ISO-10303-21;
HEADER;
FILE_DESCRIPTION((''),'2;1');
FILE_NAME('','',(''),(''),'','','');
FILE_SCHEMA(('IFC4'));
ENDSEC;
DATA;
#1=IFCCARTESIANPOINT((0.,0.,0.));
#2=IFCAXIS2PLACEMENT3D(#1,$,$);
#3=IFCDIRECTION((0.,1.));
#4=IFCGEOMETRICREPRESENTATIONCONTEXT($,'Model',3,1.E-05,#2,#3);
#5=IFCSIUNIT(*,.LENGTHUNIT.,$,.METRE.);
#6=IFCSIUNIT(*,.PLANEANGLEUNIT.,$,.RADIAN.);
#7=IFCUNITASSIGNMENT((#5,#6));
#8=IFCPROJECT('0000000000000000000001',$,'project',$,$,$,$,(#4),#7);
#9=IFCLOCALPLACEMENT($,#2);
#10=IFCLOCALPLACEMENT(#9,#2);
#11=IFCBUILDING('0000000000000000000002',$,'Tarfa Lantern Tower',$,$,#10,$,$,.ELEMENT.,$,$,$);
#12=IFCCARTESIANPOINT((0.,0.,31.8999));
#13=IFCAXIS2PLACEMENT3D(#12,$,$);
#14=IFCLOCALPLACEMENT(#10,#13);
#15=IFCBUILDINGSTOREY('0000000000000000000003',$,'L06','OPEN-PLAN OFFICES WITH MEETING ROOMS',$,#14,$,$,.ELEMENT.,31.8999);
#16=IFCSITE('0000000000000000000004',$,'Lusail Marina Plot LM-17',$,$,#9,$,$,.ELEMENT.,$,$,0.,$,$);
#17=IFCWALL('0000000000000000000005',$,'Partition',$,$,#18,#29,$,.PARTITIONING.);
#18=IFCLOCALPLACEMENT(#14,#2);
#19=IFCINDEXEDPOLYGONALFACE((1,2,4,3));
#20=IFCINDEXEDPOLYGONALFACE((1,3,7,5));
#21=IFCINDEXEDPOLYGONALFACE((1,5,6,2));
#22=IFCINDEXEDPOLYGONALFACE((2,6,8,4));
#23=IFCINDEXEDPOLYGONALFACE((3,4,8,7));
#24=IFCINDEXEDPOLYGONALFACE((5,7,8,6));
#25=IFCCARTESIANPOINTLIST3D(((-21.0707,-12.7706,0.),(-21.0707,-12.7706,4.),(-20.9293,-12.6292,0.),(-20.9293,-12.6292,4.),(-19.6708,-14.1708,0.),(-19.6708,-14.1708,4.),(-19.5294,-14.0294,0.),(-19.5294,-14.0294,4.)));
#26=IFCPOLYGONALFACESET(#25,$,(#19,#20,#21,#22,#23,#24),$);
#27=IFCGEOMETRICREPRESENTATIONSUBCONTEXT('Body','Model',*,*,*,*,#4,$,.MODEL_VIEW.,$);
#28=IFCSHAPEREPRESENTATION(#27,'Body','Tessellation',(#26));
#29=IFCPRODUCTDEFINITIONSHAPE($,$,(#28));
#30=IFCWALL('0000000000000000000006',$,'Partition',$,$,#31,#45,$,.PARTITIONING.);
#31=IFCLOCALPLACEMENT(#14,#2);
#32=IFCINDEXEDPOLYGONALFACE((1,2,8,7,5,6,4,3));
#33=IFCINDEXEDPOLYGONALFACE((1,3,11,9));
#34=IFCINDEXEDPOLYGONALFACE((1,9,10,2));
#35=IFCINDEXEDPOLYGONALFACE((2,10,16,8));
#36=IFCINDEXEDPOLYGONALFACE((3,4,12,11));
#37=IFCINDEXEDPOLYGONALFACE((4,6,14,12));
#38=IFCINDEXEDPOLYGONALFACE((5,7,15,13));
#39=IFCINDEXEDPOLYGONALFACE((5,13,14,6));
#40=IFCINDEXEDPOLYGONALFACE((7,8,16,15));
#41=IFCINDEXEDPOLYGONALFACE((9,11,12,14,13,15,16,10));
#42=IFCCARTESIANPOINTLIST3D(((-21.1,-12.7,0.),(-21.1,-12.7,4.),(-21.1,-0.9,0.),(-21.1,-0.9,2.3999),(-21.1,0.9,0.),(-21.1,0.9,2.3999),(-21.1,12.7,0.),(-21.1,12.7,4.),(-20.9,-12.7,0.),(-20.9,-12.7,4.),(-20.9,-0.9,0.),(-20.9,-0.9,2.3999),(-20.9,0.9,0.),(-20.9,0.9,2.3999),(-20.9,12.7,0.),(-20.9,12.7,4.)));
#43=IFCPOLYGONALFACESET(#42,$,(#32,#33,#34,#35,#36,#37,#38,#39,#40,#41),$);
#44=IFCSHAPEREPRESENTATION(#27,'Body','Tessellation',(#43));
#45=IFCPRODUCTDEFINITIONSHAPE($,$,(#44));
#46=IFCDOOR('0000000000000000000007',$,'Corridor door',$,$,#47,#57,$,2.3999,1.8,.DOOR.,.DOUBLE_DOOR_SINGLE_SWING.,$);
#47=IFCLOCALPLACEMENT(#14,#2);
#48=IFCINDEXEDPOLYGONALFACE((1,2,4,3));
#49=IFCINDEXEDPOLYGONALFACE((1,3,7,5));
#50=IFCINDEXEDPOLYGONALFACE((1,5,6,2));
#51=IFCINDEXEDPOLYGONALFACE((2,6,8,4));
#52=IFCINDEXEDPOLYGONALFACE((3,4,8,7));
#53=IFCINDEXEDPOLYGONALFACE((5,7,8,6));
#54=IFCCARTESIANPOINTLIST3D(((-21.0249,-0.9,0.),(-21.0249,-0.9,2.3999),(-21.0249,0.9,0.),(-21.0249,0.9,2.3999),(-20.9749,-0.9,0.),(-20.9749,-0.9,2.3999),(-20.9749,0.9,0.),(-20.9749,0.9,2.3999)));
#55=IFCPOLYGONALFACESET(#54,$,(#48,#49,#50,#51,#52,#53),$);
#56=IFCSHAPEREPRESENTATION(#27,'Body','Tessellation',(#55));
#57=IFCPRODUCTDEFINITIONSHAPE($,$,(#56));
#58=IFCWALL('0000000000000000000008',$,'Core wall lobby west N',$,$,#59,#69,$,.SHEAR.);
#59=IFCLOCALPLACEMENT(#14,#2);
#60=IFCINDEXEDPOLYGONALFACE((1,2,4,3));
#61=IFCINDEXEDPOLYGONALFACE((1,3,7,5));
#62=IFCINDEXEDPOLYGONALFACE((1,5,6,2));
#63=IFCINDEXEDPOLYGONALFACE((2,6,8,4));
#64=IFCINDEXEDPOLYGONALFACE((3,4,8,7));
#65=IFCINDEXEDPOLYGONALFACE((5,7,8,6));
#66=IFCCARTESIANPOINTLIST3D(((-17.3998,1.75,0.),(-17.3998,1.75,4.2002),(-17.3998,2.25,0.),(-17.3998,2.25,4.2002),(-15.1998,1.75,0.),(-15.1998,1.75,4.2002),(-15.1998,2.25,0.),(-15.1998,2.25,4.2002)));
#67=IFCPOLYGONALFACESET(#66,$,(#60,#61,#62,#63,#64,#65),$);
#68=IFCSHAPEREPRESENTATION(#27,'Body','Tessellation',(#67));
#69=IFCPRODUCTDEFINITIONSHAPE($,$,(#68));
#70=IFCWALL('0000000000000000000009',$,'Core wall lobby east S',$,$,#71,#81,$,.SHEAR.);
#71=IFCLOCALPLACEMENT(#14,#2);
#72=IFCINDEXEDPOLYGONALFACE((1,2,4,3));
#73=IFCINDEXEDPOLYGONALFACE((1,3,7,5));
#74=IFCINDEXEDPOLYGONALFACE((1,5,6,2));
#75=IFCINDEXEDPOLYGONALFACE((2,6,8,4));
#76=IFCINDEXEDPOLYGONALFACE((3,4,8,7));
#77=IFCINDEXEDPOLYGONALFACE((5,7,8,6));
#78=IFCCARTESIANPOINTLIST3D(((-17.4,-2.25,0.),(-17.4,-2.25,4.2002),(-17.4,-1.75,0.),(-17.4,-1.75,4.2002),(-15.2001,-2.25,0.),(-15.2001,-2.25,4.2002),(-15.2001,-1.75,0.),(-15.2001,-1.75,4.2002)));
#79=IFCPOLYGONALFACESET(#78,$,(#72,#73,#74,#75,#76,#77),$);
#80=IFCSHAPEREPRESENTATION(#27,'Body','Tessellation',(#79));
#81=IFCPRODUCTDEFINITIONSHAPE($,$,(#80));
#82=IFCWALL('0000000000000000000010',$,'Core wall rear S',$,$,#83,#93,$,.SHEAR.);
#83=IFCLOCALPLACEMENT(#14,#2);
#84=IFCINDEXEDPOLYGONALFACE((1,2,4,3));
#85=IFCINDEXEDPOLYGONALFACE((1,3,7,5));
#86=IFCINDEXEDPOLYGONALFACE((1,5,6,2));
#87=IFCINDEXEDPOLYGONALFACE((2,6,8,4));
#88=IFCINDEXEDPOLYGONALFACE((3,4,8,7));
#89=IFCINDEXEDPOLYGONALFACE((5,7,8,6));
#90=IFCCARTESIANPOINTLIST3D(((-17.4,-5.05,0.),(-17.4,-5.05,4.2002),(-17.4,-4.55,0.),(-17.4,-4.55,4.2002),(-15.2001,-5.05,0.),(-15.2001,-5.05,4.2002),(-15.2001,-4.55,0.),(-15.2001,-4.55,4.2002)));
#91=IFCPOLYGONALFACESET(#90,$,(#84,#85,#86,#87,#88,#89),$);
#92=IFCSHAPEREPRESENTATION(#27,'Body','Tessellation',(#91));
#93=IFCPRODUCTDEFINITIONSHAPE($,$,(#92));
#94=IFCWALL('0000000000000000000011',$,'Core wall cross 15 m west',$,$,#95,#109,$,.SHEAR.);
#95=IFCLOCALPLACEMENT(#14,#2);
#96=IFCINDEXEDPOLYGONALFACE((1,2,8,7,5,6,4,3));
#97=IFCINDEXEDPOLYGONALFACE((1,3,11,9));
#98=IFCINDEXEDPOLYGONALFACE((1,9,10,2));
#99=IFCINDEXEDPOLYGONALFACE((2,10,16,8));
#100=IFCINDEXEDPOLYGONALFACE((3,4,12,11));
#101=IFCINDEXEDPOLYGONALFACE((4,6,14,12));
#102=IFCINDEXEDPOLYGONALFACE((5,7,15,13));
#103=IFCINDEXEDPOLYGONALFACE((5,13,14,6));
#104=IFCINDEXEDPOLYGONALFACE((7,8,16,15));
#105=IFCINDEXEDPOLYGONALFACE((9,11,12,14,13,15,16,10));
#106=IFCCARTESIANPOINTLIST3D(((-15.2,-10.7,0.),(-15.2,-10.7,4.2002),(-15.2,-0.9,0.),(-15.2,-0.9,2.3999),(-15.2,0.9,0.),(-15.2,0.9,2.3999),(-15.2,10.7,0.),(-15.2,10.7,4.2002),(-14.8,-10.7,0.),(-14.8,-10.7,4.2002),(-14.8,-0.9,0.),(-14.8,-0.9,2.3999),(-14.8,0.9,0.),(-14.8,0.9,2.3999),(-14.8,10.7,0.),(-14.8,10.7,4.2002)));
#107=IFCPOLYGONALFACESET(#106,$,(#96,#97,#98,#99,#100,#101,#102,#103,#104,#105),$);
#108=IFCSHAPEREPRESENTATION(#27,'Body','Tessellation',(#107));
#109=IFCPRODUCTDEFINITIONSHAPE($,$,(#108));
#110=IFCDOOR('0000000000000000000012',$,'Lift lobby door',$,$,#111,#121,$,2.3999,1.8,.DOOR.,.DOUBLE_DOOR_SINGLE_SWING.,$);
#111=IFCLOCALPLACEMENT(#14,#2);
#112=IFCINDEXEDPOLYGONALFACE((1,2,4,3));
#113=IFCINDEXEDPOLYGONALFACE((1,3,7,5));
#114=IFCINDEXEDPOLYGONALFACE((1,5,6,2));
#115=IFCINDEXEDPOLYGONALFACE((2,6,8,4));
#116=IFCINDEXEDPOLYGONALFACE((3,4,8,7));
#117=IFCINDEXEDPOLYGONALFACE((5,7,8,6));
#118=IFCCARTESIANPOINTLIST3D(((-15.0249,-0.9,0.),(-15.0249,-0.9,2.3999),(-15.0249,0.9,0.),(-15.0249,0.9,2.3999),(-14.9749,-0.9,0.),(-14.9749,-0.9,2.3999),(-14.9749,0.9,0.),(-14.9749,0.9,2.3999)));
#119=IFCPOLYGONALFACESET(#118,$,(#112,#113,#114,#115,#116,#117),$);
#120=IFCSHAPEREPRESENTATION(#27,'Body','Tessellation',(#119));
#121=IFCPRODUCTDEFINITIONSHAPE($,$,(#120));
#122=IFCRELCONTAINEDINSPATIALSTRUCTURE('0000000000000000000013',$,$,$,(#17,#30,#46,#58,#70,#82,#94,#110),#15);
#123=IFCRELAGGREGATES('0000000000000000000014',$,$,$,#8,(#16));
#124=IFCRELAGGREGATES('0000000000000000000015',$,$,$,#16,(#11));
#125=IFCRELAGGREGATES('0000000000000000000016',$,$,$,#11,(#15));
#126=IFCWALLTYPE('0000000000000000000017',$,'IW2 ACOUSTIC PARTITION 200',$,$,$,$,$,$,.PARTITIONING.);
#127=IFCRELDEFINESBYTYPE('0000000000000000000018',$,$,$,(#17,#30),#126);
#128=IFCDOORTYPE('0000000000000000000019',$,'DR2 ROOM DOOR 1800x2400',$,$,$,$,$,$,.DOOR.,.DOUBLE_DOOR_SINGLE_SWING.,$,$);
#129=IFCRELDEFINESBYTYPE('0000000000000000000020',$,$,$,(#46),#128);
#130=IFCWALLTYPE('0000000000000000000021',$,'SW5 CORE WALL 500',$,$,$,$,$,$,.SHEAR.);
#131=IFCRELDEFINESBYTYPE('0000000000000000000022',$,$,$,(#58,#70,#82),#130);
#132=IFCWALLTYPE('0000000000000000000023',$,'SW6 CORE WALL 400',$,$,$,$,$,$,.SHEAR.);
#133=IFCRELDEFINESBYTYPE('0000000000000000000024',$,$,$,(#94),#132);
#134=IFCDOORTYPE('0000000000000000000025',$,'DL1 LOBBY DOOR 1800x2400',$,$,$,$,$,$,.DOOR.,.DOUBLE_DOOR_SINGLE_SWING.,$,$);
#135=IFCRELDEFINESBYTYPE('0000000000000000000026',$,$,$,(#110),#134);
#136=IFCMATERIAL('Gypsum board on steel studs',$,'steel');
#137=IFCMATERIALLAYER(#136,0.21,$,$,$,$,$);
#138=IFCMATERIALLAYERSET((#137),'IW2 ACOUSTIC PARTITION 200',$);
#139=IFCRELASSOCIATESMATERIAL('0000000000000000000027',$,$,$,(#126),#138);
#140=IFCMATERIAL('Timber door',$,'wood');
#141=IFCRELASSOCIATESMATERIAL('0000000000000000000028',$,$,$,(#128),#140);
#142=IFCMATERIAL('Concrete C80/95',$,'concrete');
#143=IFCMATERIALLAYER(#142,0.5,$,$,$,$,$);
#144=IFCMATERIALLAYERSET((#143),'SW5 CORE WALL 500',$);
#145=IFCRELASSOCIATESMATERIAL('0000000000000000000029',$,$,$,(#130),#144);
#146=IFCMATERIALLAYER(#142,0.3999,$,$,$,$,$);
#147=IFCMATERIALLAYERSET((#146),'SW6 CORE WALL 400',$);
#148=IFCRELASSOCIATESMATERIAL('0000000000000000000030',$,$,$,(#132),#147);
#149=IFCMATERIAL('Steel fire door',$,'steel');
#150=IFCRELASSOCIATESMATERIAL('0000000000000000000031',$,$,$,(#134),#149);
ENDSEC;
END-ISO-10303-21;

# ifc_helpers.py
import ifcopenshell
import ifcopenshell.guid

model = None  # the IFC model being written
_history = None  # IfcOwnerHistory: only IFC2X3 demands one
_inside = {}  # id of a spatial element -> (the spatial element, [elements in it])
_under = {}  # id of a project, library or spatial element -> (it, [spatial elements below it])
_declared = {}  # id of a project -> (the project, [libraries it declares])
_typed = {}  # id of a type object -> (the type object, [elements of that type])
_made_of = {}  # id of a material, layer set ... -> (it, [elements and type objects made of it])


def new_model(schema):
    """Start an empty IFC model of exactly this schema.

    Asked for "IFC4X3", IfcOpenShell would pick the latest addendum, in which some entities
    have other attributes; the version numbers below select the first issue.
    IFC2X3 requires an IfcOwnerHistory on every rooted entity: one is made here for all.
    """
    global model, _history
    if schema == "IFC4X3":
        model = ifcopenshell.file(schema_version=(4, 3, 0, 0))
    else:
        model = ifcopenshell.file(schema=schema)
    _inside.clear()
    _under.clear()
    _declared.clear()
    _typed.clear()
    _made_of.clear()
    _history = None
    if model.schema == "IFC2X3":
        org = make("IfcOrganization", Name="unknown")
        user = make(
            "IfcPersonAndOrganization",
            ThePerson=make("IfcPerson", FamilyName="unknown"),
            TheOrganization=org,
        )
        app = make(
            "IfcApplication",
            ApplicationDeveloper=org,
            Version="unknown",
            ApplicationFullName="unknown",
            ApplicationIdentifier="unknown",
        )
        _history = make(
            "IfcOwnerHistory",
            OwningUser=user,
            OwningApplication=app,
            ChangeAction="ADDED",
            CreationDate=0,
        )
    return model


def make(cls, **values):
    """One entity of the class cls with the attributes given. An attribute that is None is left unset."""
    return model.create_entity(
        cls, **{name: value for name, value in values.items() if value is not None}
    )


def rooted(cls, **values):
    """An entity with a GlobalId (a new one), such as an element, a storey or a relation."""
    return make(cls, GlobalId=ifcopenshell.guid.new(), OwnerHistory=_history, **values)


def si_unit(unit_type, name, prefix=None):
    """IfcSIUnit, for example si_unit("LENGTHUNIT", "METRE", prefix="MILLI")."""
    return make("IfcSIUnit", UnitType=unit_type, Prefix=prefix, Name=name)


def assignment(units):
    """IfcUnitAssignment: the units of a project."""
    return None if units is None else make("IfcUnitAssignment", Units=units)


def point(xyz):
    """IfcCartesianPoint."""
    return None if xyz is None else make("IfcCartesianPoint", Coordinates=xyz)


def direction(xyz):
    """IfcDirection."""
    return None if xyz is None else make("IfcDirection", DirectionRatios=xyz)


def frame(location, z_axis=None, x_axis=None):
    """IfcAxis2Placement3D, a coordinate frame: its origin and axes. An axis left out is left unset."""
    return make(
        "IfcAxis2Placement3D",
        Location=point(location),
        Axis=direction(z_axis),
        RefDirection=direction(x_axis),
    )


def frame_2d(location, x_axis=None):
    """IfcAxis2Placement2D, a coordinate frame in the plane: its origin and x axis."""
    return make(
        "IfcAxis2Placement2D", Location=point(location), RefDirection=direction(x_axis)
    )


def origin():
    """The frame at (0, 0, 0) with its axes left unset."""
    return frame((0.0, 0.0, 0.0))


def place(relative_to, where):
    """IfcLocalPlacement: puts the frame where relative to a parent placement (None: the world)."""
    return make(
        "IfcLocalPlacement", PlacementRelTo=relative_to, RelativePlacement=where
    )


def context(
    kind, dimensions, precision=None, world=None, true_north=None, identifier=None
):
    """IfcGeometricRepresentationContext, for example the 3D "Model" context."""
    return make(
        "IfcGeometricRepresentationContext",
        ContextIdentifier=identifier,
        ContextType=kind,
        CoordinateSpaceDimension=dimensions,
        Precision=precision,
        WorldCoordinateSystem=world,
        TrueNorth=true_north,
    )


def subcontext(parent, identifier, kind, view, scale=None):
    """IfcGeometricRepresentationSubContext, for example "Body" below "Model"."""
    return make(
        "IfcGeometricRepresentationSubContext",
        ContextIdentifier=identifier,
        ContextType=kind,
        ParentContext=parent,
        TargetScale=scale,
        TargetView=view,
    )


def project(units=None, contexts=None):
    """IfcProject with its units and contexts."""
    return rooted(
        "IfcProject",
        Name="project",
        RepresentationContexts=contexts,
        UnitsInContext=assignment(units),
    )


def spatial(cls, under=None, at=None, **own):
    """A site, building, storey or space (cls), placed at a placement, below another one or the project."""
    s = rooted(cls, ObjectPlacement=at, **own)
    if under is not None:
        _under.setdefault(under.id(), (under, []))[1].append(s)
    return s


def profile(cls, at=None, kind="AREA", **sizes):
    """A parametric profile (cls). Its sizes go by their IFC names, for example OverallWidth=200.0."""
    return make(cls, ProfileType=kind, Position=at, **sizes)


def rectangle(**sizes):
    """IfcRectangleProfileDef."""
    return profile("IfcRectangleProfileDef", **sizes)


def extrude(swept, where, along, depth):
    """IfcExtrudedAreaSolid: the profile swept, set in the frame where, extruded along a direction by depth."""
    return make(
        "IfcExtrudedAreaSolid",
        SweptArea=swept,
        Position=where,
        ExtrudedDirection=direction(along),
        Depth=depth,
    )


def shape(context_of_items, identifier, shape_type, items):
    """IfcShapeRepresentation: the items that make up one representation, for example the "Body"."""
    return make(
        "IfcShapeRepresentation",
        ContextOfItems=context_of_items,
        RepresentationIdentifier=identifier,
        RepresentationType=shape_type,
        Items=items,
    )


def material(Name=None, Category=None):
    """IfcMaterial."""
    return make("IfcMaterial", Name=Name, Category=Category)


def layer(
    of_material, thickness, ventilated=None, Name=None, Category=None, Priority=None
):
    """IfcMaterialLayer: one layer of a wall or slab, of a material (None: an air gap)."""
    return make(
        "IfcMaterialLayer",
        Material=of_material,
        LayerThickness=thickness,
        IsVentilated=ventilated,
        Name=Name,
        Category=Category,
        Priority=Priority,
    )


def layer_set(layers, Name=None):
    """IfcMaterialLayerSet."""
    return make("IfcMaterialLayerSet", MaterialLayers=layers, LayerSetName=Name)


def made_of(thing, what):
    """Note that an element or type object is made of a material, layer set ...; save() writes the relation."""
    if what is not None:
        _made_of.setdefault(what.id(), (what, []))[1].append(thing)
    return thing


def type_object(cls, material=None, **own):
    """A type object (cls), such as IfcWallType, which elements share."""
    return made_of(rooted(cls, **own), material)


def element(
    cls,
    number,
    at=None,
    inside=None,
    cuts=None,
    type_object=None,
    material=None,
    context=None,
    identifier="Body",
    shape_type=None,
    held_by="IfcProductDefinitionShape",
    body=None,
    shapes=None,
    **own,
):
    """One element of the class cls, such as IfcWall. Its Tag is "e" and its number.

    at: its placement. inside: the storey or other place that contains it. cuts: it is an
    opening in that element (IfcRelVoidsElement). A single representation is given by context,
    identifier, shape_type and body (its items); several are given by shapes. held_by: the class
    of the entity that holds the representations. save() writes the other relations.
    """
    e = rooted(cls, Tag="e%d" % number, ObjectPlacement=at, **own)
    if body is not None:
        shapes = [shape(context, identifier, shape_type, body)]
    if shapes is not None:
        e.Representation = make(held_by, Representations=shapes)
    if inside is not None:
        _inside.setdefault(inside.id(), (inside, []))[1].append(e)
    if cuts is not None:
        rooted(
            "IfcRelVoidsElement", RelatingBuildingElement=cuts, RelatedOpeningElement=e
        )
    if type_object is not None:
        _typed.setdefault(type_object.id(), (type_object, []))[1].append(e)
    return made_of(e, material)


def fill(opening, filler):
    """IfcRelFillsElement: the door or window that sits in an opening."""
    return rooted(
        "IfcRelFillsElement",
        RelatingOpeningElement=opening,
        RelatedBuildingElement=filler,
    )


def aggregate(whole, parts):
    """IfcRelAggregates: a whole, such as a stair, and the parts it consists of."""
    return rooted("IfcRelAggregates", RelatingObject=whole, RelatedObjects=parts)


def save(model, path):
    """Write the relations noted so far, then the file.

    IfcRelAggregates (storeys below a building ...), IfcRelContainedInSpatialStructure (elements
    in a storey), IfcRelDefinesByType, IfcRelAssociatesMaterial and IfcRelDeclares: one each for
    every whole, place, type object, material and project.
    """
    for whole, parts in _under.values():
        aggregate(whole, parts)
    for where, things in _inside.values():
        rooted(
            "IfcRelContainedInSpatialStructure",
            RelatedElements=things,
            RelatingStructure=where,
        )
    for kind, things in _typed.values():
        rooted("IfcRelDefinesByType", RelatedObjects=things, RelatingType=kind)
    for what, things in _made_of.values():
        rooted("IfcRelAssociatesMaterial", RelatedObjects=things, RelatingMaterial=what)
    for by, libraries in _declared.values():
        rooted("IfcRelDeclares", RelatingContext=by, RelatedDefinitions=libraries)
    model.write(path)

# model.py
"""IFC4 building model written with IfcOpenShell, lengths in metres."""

from ifc_helpers import new_model, si_unit, direction, frame, frame_2d, origin, place, context, subcontext, project, spatial, rectangle, extrude, material, layer, layer_set, type_object, element, fill, save


model = new_model("IFC4")

# Units and contexts
model_context = context("Model", 3, precision=1e-05, world=origin(), true_north=direction((0.0, 1.0)))
body_context = subcontext(model_context, "Body", "Model", "MODEL_VIEW")
ifc_project = project(units=[si_unit("LENGTHUNIT", "METRE"), si_unit("PLANEANGLEUNIT", "RADIAN")], contexts=[model_context])

# Site, building, storey
site_placement = place(None, origin())
site = spatial("IfcSite", under=ifc_project, at=site_placement, Name="Lusail Marina Plot LM-17", CompositionType="ELEMENT", RefElevation=0.0)
building_placement = place(site_placement, origin())
building = spatial("IfcBuilding", under=site, at=building_placement, Name="Tarfa Lantern Tower", CompositionType="ELEMENT")
storey_placement = place(building_placement, frame((0.0, 0.0, 31.8999)))
storey = spatial("IfcBuildingStorey", under=building, at=storey_placement, Name="L06", Description="OPEN-PLAN OFFICES WITH MEETING ROOMS", CompositionType="ELEMENT", Elevation=31.8999)

# Shared definitions
ifc_material_1 = material(Name="Gypsum board on steel studs", Category="steel")
ifc_layer_1 = layer(ifc_material_1, 0.21)
ifc_layer_set_1 = layer_set([ifc_layer_1], Name="IW2 ACOUSTIC PARTITION 200")
wall_type_1 = type_object("IfcWallType", Name="IW2 ACOUSTIC PARTITION 200", PredefinedType="PARTITIONING", material=ifc_layer_set_1)
ifc_material_2 = material(Name="Timber door", Category="wood")

# Wall
wall_1_placement = place(storey_placement, frame((-19.6001, -14.1001, 0.0), z_axis=(0.0, 0.0, 1.0), x_axis=(-0.707045, 0.707168, 0.0)))
element("IfcWall", 1, at=wall_1_placement, inside=storey, type_object=wall_type_1, Name="Partition", PredefinedType="PARTITIONING", context=body_context, shape_type="SweptSolid", body=[
    extrude(rectangle(XDim=1.98, YDim=0.2, at=frame_2d((0.99, 0.0))), origin(), (0.0, 0.0, 1.0), 4.0),
])

# Wall, opening, door
wall_2_placement = place(storey_placement, frame((-21.0, -12.7, 0.0), z_axis=(0.0, 0.0, 1.0), x_axis=(0.0, 1.0, 0.0)))
wall_2 = element("IfcWall", 2, at=wall_2_placement, inside=storey, type_object=wall_type_1, Name="Partition", PredefinedType="PARTITIONING", context=body_context, shape_type="SweptSolid", body=[
    extrude(rectangle(XDim=25.3999, YDim=0.2, at=frame_2d((12.7, 0.0))), origin(), (0.0, 0.0, 1.0), 4.0),
])
opening_1_placement = place(wall_2_placement, frame((11.8, 0.0, 0.0)))
opening_1 = element("IfcOpeningElement", 3, at=opening_1_placement, cuts=wall_2, PredefinedType="OPENING", context=body_context, shape_type="SweptSolid", body=[
    extrude(rectangle(XDim=1.8, YDim=2.3999, at=frame_2d((0.8999, 1.2))), frame((0.0, 0.1099, 0.0), z_axis=(0.0, -1.0, 0.0), x_axis=(1.0, 0.0, 0.0)), (0.0, 0.0, 1.0), 0.22),
])
door_type_1 = type_object("IfcDoorType", Name="DR2 ROOM DOOR 1800x2400", OperationType="DOUBLE_DOOR_SINGLE_SWING", PredefinedType="DOOR", material=ifc_material_2)
door_1_placement = place(opening_1_placement, origin())
door_1 = element("IfcDoor", 4, at=door_1_placement, inside=storey, type_object=door_type_1, Name="Corridor door", OperationType="DOUBLE_DOOR_SINGLE_SWING", OverallHeight=2.3999, OverallWidth=1.8, PredefinedType="DOOR", context=body_context, shape_type="SweptSolid", body=[
    extrude(rectangle(XDim=1.8, YDim=2.3999, at=frame_2d((0.8999, 1.2))), frame((0.0, 0.0249, 0.0), z_axis=(0.0, -1.0, 0.0), x_axis=(1.0, 0.0, 0.0)), (0.0, 0.0, 1.0), 0.05),
])
fill(opening_1, door_1)

# Walls
ifc_material_3 = material(Name="Concrete C80/95", Category="concrete")
ifc_layer_2 = layer(ifc_material_3, 0.5)
ifc_layer_set_2 = layer_set([ifc_layer_2], Name="SW5 CORE WALL 500")
wall_type_2 = type_object("IfcWallType", Name="SW5 CORE WALL 500", PredefinedType="SHEAR", material=ifc_layer_set_2)
for number, where, z_axis, x_axis, name in (
    (5, (-17.3999, 2.0, 0.0), (0.0, 0.0, 1.0), (1.0, 0.0, 0.0), "Core wall lobby west N"),
    (6, (-15.2, -2.0, 0.0), (0.0, 0.0, 1.0), (-1.0, 0.0, 0.0), "Core wall lobby east S"),
    (7, (-15.2, -4.8, 0.0), (0.0, 0.0, 1.0), (-1.0, 0.0, 0.0), "Core wall rear S"),
):
    element("IfcWall", number, at=place(storey_placement, frame(where, z_axis=z_axis, x_axis=x_axis)), inside=storey, type_object=wall_type_2, Name=name, PredefinedType="SHEAR", context=body_context, shape_type="SweptSolid", body=[
        extrude(rectangle(XDim=2.2, YDim=0.5, at=frame_2d((1.1001, 0.0))), origin(), (0.0, 0.0, 1.0), 4.2002),
    ])

# Wall, opening, door
ifc_layer_3 = layer(ifc_material_3, 0.3999)
ifc_layer_set_3 = layer_set([ifc_layer_3], Name="SW6 CORE WALL 400")
wall_type_3 = type_object("IfcWallType", Name="SW6 CORE WALL 400", PredefinedType="SHEAR", material=ifc_layer_set_3)
wall_3_placement = place(storey_placement, frame((-15.0, -10.7, 0.0), z_axis=(0.0, 0.0, 1.0), x_axis=(0.0, 1.0, 0.0)))
wall_3 = element("IfcWall", 8, at=wall_3_placement, inside=storey, type_object=wall_type_3, Name="Core wall cross 15 m west", PredefinedType="SHEAR", context=body_context, shape_type="SweptSolid", body=[
    extrude(rectangle(XDim=21.3999, YDim=0.3999, at=frame_2d((10.7, 0.0))), origin(), (0.0, 0.0, 1.0), 4.2002),
])
opening_2_placement = place(wall_3_placement, frame((9.8, 0.0, 0.0)))
opening_2 = element("IfcOpeningElement", 9, at=opening_2_placement, cuts=wall_3, PredefinedType="OPENING", context=body_context, shape_type="SweptSolid", body=[
    extrude(rectangle(XDim=1.8, YDim=2.3999, at=frame_2d((0.8999, 1.2))), frame((0.0, 0.21, 0.0), z_axis=(0.0, -1.0, 0.0), x_axis=(1.0, 0.0, 0.0)), (0.0, 0.0, 1.0), 0.4199),
])
ifc_material_4 = material(Name="Steel fire door", Category="steel")
door_type_2 = type_object("IfcDoorType", Name="DL1 LOBBY DOOR 1800x2400", OperationType="DOUBLE_DOOR_SINGLE_SWING", PredefinedType="DOOR", material=ifc_material_4)
door_2_placement = place(opening_2_placement, origin())
door_2 = element("IfcDoor", 10, at=door_2_placement, inside=storey, type_object=door_type_2, Name="Lift lobby door", OperationType="DOUBLE_DOOR_SINGLE_SWING", OverallHeight=2.3999, OverallWidth=1.8, PredefinedType="DOOR", context=body_context, shape_type="SweptSolid", body=[
    extrude(rectangle(XDim=1.8, YDim=2.3999, at=frame_2d((0.8999, 1.2))), frame((0.0, 0.0249, 0.0), z_axis=(0.0, -1.0, 0.0), x_axis=(1.0, 0.0, 0.0)), (0.0, 0.0, 1.0), 0.05),
])
fill(opening_2, door_2)

save(model, "model.ifc")
